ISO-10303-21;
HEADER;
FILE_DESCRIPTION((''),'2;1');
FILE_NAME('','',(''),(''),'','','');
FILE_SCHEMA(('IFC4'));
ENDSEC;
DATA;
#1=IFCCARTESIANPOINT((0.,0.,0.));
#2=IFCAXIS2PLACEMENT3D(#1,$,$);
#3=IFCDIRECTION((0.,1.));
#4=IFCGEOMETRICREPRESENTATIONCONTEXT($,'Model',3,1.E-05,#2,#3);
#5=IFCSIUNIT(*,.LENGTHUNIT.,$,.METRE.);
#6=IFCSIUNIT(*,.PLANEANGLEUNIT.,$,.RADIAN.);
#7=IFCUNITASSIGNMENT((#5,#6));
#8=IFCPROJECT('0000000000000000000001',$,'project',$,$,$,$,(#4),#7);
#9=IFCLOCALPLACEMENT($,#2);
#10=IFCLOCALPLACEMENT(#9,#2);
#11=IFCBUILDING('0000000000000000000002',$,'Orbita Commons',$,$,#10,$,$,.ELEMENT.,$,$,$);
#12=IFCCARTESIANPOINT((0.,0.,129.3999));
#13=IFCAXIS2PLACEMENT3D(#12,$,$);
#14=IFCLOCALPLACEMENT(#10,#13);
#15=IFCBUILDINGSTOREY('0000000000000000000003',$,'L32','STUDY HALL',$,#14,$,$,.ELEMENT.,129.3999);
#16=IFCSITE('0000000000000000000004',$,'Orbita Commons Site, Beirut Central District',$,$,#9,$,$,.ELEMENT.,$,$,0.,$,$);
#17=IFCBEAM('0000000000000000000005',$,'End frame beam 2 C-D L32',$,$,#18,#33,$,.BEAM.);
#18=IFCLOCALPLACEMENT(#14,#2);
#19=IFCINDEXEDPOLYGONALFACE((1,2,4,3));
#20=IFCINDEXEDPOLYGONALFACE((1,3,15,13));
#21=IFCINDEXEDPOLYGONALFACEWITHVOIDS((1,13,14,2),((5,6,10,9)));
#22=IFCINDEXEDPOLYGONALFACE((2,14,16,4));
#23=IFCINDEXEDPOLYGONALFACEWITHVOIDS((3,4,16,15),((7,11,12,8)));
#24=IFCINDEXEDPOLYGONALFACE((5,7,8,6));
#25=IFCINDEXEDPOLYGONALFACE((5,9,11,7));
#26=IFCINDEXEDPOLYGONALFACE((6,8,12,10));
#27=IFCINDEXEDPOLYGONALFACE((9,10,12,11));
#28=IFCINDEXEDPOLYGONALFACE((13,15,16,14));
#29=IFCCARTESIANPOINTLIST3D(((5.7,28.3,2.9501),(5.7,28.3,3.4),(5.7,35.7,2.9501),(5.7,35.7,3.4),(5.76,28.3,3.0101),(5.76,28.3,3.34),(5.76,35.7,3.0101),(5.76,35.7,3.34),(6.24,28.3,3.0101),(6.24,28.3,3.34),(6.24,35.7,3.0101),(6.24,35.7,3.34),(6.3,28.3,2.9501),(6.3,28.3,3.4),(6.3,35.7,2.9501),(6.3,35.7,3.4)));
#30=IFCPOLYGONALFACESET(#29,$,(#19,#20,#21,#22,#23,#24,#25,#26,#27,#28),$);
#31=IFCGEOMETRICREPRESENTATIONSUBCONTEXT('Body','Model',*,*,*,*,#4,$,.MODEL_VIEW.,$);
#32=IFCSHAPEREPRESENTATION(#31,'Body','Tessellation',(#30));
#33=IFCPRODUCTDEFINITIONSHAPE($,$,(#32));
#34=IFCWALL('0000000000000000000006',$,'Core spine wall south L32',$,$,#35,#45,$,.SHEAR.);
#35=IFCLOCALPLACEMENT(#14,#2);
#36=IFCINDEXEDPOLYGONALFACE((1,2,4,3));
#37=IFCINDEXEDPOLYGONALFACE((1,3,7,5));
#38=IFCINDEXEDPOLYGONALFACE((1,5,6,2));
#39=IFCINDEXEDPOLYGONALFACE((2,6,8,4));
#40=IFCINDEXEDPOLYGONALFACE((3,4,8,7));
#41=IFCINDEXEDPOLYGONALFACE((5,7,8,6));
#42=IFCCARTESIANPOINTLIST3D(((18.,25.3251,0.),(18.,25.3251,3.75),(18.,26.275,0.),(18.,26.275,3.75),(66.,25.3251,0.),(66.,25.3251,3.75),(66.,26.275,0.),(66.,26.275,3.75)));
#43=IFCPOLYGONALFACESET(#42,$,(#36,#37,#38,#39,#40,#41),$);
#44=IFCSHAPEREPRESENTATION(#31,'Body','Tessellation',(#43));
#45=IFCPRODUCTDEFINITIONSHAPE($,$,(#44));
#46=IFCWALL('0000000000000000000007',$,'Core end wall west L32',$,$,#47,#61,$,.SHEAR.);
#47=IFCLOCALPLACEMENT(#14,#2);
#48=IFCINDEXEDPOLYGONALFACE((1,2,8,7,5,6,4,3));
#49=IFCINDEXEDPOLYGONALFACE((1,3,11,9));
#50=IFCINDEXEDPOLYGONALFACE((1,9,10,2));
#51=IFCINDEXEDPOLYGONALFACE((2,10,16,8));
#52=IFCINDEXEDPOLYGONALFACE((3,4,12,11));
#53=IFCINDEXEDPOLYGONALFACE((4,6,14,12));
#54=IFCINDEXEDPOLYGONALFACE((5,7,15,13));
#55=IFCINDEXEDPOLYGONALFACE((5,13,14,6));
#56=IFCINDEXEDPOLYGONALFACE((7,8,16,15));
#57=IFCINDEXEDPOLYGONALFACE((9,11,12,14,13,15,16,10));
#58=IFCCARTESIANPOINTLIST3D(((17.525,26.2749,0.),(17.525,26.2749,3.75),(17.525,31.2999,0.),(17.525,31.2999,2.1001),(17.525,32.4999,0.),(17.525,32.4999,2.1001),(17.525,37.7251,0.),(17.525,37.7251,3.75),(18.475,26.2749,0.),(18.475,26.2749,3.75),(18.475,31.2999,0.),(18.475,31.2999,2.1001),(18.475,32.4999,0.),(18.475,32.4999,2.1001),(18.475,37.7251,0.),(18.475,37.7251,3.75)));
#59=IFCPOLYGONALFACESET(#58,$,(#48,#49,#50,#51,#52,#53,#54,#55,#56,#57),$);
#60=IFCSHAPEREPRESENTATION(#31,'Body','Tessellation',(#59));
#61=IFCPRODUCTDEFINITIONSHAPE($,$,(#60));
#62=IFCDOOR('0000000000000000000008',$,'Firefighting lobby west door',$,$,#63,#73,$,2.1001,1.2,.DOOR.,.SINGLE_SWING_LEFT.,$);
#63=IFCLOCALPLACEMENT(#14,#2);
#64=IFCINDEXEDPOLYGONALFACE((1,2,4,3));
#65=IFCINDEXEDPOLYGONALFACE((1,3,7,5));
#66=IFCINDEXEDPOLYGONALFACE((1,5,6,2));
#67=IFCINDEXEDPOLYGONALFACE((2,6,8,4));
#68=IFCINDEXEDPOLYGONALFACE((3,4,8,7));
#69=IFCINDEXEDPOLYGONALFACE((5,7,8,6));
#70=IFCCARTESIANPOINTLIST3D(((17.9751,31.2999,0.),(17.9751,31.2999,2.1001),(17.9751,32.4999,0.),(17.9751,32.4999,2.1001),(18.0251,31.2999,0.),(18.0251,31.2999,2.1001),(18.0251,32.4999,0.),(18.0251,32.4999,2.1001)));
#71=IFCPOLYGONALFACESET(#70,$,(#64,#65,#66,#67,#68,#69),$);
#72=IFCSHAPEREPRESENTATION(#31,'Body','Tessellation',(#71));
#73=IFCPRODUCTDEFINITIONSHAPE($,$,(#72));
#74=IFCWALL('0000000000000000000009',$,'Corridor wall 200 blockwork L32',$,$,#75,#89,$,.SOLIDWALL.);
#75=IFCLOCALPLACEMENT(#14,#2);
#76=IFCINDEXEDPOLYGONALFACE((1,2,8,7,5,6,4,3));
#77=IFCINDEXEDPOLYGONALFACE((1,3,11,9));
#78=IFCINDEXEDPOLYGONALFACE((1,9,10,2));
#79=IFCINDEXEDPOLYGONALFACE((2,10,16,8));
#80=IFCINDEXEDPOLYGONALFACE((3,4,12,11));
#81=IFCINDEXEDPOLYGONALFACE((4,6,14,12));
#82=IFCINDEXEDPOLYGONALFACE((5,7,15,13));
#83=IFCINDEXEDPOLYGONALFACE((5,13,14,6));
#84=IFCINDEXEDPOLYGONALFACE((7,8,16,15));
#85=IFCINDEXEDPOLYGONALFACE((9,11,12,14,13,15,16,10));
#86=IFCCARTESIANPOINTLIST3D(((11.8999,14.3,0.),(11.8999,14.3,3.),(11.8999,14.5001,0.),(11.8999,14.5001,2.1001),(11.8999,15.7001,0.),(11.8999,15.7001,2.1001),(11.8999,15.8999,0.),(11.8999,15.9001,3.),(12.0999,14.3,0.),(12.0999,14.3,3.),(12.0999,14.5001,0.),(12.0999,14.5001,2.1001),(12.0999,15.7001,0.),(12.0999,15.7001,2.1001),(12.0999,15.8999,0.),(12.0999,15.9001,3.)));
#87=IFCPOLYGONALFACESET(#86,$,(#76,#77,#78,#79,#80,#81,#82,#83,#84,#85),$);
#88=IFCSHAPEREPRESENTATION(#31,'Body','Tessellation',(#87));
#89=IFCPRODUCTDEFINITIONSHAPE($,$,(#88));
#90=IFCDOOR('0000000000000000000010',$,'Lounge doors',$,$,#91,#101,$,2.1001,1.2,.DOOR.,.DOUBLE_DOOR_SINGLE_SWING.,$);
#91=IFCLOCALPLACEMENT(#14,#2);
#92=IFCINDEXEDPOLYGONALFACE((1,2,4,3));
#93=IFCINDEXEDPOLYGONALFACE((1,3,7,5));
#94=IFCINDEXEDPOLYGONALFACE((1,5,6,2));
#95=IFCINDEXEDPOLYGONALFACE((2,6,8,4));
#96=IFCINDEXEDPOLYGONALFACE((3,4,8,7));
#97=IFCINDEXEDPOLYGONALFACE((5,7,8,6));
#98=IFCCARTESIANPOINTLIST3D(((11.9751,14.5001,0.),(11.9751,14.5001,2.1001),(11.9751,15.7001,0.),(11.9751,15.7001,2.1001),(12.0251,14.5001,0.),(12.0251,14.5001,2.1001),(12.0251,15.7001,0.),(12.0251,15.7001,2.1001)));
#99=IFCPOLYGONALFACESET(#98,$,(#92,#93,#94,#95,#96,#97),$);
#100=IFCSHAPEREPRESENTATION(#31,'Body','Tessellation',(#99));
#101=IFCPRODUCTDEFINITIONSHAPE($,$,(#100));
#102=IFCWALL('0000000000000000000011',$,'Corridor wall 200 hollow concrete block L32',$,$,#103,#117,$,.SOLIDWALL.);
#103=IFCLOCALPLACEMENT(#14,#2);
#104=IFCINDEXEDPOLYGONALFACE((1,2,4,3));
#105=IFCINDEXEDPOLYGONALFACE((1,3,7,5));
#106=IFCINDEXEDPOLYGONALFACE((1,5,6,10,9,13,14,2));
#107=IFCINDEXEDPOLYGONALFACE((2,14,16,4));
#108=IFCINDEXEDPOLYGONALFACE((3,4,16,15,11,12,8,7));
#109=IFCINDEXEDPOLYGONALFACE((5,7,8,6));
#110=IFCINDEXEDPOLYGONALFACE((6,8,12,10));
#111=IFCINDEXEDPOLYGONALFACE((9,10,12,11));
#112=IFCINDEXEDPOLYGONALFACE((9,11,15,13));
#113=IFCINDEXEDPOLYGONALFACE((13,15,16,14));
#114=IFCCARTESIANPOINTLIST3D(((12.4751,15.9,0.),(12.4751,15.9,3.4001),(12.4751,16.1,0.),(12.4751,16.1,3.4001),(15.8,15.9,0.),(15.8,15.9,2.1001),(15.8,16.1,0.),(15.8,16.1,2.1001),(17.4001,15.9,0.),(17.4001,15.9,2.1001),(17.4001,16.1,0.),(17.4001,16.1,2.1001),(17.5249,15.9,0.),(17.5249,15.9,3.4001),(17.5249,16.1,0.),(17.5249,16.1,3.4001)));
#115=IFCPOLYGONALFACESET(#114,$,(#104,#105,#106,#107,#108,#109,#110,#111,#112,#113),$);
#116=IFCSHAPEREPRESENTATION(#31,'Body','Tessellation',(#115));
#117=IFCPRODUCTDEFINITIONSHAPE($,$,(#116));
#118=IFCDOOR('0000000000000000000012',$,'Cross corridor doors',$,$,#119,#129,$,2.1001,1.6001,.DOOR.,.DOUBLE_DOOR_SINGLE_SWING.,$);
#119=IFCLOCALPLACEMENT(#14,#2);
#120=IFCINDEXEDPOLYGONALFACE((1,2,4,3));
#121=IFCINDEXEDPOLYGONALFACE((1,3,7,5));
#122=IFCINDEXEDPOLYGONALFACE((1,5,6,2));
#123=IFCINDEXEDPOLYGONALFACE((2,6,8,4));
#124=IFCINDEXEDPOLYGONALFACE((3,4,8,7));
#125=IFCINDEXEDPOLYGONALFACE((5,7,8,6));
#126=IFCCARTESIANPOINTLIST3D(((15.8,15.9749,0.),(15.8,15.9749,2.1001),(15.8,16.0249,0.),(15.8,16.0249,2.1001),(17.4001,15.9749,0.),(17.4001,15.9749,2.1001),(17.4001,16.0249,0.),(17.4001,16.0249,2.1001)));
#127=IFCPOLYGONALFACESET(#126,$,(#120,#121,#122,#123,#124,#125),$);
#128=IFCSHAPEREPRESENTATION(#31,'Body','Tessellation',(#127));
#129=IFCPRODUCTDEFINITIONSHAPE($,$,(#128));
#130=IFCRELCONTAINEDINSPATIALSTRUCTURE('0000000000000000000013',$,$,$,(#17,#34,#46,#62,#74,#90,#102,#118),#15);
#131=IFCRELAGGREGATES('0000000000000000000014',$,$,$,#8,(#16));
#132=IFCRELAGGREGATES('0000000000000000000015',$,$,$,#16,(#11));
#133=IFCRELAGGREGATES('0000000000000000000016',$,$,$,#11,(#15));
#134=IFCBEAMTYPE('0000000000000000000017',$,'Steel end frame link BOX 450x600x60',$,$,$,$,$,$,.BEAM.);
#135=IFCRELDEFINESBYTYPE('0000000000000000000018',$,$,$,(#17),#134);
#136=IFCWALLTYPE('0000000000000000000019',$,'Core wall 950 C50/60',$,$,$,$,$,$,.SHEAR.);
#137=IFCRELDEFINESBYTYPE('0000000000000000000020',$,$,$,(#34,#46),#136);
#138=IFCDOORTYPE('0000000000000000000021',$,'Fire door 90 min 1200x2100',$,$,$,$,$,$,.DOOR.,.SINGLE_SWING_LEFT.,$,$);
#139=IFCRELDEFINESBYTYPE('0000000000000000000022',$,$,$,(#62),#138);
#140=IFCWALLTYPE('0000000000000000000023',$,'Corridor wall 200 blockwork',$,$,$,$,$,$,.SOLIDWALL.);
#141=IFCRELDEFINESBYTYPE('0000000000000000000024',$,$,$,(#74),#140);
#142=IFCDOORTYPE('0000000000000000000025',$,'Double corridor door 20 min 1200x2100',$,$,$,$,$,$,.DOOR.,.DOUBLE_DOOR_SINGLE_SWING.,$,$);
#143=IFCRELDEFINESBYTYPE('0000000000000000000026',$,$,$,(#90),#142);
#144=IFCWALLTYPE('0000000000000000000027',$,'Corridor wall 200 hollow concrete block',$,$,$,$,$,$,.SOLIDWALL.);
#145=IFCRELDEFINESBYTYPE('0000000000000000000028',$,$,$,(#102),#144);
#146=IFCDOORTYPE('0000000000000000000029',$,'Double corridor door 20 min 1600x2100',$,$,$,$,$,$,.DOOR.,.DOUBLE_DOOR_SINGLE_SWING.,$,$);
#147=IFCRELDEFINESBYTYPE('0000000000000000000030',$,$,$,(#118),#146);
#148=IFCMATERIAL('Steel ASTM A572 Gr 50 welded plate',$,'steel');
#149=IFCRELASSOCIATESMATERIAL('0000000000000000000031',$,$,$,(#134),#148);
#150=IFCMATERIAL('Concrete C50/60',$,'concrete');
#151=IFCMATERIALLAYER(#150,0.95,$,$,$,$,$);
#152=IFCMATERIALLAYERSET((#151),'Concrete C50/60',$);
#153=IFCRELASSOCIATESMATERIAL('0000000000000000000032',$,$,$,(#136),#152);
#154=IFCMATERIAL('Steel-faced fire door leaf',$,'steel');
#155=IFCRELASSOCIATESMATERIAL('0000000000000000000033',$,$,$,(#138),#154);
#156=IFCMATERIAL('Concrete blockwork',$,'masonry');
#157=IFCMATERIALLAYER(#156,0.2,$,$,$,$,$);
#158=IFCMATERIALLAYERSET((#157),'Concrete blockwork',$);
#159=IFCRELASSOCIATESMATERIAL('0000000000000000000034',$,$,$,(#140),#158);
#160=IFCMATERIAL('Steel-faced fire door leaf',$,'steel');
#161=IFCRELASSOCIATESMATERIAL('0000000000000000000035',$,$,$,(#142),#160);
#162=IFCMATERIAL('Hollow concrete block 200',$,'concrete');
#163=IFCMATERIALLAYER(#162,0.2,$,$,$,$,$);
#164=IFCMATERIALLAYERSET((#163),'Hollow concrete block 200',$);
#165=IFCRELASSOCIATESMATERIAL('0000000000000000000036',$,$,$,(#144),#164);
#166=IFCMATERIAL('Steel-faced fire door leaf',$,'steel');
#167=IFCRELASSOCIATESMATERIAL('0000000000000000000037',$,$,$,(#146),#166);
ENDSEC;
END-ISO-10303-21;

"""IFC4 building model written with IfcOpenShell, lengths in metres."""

from ifc_helpers import new_model, si_unit, direction, frame, frame_2d, origin, origin_2d, place, context, subcontext, project, spatial, polyline, rectangle, hollow_rectangle, outline, extrude, material, layer, layer_set, material_profile, profile_set, type_object, element, fill, save


model = new_model("IFC4")

# Units and contexts
model_context = context("Model", 3, precision=1e-05, world=origin(), true_north=direction((0.0, 1.0)))
body_context = subcontext(model_context, "Body", "Model", "MODEL_VIEW")
ifc_project = project(units=[si_unit("LENGTHUNIT", "METRE"), si_unit("PLANEANGLEUNIT", "RADIAN")], contexts=[model_context])

# Site, building, storey
site_placement = place(None, origin())
site = spatial("IfcSite", under=ifc_project, at=site_placement, Name="Orbita Commons Site, Beirut Central District", CompositionType="ELEMENT", RefElevation=0.0)
building_placement = place(site_placement, origin())
building = spatial("IfcBuilding", under=site, at=building_placement, Name="Orbita Commons", CompositionType="ELEMENT")
storey_placement = place(building_placement, frame((0.0, 0.0, 129.3999)))
storey = spatial("IfcBuildingStorey", under=building, at=storey_placement, Name="L32", Description="STUDY HALL", CompositionType="ELEMENT", Elevation=129.3999)

# Beam
ifc_material_1 = material(Name="Steel ASTM A572 Gr 50 welded plate", Category="steel")
ifc_material_profile = material_profile(ifc_material_1, hollow_rectangle(XDim=0.6001, YDim=0.45, WallThickness=0.0601, at=origin_2d()), Name="BOX 450x600x60")
ifc_profile_set = profile_set([ifc_material_profile], Name="Steel ASTM A572 Gr 50 welded plate")
beam_type = type_object("IfcBeamType", Name="Steel end frame link BOX 450x600x60", PredefinedType="BEAM", material=ifc_profile_set)
beam_placement = place(storey_placement, frame((6.0, 28.3, 3.175), z_axis=(0.0, 1.0, 0.0), x_axis=(-1.0, 0.0, 0.0)))
element("IfcBeam", 1, at=beam_placement, inside=storey, type_object=beam_type, Name="End frame beam 2 C-D L32", PredefinedType="BEAM", context=body_context, shape_type="SweptSolid", body=[
    extrude(hollow_rectangle(XDim=0.6001, YDim=0.45, WallThickness=0.0601, at=origin_2d()), origin(), (0.0, 0.0, 1.0), 7.3999),
])

# Wall
ifc_material_2 = material(Name="Concrete C50/60", Category="concrete")
ifc_layer_1 = layer(ifc_material_2, 0.95)
ifc_layer_set_1 = layer_set([ifc_layer_1], Name="Concrete C50/60")
wall_type_1 = type_object("IfcWallType", Name="Core wall 950 C50/60", PredefinedType="SHEAR", material=ifc_layer_set_1)
wall_1_placement = place(storey_placement, frame((18.0, 25.8, 0.0), z_axis=(0.0, 0.0, 1.0), x_axis=(1.0, 0.0, 0.0)))
element("IfcWall", 2, at=wall_1_placement, inside=storey, type_object=wall_type_1, Name="Core spine wall south L32", PredefinedType="SHEAR", context=body_context, shape_type="SweptSolid", body=[
    extrude(rectangle(XDim=48.0, YDim=0.95, at=frame_2d((24.0, 0.0))), origin(), (0.0, 0.0, 1.0), 3.75),
])

# Walls, openings, doors
wall_2_placement = place(storey_placement, frame((18.0, 26.2749, 0.0), z_axis=(0.0, 0.0, 1.0), x_axis=(0.0, 1.0, 0.0)))
wall_2 = element("IfcWall", 3, at=wall_2_placement, inside=storey, type_object=wall_type_1, Name="Core end wall west L32", PredefinedType="SHEAR", context=body_context, shape_type="SweptSolid", body=[
    extrude(rectangle(XDim=11.4502, YDim=0.95, at=frame_2d((5.7251, 0.0))), origin(), (0.0, 0.0, 1.0), 3.75),
])
opening_1_placement = place(wall_2_placement, frame((5.0249, 0.0, 0.0)))
opening_1 = element("IfcOpeningElement", 4, at=opening_1_placement, cuts=wall_2, PredefinedType="OPENING", context=body_context, shape_type="SweptSolid", body=[
    extrude(rectangle(XDim=1.2, YDim=2.1001, at=frame_2d((0.6001, 1.05))), frame((0.0, 0.4849, 0.0), z_axis=(0.0, -1.0, 0.0), x_axis=(1.0, 0.0, 0.0)), (0.0, 0.0, 1.0), 0.97),
])
ifc_material_3 = material(Name="Steel-faced fire door leaf", Category="steel")
door_type_1 = type_object("IfcDoorType", Name="Fire door 90 min 1200x2100", OperationType="SINGLE_SWING_LEFT", PredefinedType="DOOR", material=ifc_material_3)
door_1_placement = place(opening_1_placement, origin())
door_1 = element("IfcDoor", 5, at=door_1_placement, inside=storey, type_object=door_type_1, Name="Firefighting lobby west door", OperationType="SINGLE_SWING_LEFT", OverallHeight=2.1001, OverallWidth=1.2, PredefinedType="DOOR", context=body_context, shape_type="SweptSolid", body=[
    extrude(rectangle(XDim=1.2, YDim=2.1001, at=frame_2d((0.6001, 1.05))), frame((0.0, 0.0249, 0.0), z_axis=(0.0, -1.0, 0.0), x_axis=(1.0, 0.0, 0.0)), (0.0, 0.0, 1.0), 0.05),
])
fill(opening_1, door_1)
ifc_material_4 = material(Name="Concrete blockwork", Category="masonry")
ifc_layer_2 = layer(ifc_material_4, 0.2)
ifc_layer_set_2 = layer_set([ifc_layer_2], Name="Concrete blockwork")
wall_type_2 = type_object("IfcWallType", Name="Corridor wall 200 blockwork", PredefinedType="SOLIDWALL", material=ifc_layer_set_2)
wall_3_placement = place(storey_placement, frame((12.0, 14.3, 0.0), z_axis=(0.0, 0.0, 1.0), x_axis=(0.0, 1.0, 0.0)))
wall_3 = element("IfcWall", 6, at=wall_3_placement, inside=storey, type_object=wall_type_2, Name="Corridor wall 200 blockwork L32", PredefinedType="SOLIDWALL", context=body_context, shape_type="SweptSolid", body=[
    extrude(outline(polyline([(0.0, 0.0), (1.5999, 0.0), (1.6001, 3.0), (0.0, 3.0), (0.0, 0.0)])), frame((0.0, 0.1001, 0.0), z_axis=(0.0, -1.0, 0.0), x_axis=(1.0, 0.0, 0.0)), (0.0, 0.0, 1.0), 0.2),
])
opening_2_placement = place(wall_3_placement, frame((0.2, 0.0, 0.0)))
opening_2 = element("IfcOpeningElement", 7, at=opening_2_placement, cuts=wall_3, PredefinedType="OPENING", context=body_context, shape_type="SweptSolid", body=[
    extrude(rectangle(XDim=1.2, YDim=2.1001, at=frame_2d((0.6001, 1.05))), frame((0.0, 0.1099, 0.0), z_axis=(0.0, -1.0, 0.0), x_axis=(1.0, 0.0, 0.0)), (0.0, 0.0, 1.0), 0.22),
])
ifc_material_5 = material(Name="Steel-faced fire door leaf", Category="steel")
door_type_2 = type_object("IfcDoorType", Name="Double corridor door 20 min 1200x2100", OperationType="DOUBLE_DOOR_SINGLE_SWING", PredefinedType="DOOR", material=ifc_material_5)
door_2_placement = place(opening_2_placement, origin())
door_2 = element("IfcDoor", 8, at=door_2_placement, inside=storey, type_object=door_type_2, Name="Lounge doors", OperationType="DOUBLE_DOOR_SINGLE_SWING", OverallHeight=2.1001, OverallWidth=1.2, PredefinedType="DOOR", context=body_context, shape_type="SweptSolid", body=[
    extrude(rectangle(XDim=1.2, YDim=2.1001, at=frame_2d((0.6001, 1.05))), frame((0.0, 0.0249, 0.0), z_axis=(0.0, -1.0, 0.0), x_axis=(1.0, 0.0, 0.0)), (0.0, 0.0, 1.0), 0.05),
])
fill(opening_2, door_2)
ifc_material_6 = material(Name="Hollow concrete block 200", Category="concrete")
ifc_layer_3 = layer(ifc_material_6, 0.2)
ifc_layer_set_3 = layer_set([ifc_layer_3], Name="Hollow concrete block 200")
wall_type_3 = type_object("IfcWallType", Name="Corridor wall 200 hollow concrete block", PredefinedType="SOLIDWALL", material=ifc_layer_set_3)
wall_4_placement = place(storey_placement, frame((12.4751, 16.0, 0.0), z_axis=(0.0, 0.0, 1.0), x_axis=(1.0, 0.0, 0.0)))
wall_4 = element("IfcWall", 9, at=wall_4_placement, inside=storey, type_object=wall_type_3, Name="Corridor wall 200 hollow concrete block L32", PredefinedType="SOLIDWALL", context=body_context, shape_type="SweptSolid", body=[
    extrude(rectangle(XDim=5.0498, YDim=0.2, at=frame_2d((2.5249, 0.0))), origin(), (0.0, 0.0, 1.0), 3.4001),
])
opening_3_placement = place(wall_4_placement, frame((3.325, 0.0, 0.0)))
opening_3 = element("IfcOpeningElement", 10, at=opening_3_placement, cuts=wall_4, PredefinedType="OPENING", context=body_context, shape_type="SweptSolid", body=[
    extrude(rectangle(XDim=1.6001, YDim=2.1001, at=frame_2d((0.8, 1.05))), frame((0.0, 0.1099, 0.0), z_axis=(0.0, -1.0, 0.0), x_axis=(1.0, 0.0, 0.0)), (0.0, 0.0, 1.0), 0.22),
])
ifc_material_7 = material(Name="Steel-faced fire door leaf", Category="steel")
door_type_3 = type_object("IfcDoorType", Name="Double corridor door 20 min 1600x2100", OperationType="DOUBLE_DOOR_SINGLE_SWING", PredefinedType="DOOR", material=ifc_material_7)
door_3_placement = place(opening_3_placement, origin())
door_3 = element("IfcDoor", 11, at=door_3_placement, inside=storey, type_object=door_type_3, Name="Cross corridor doors", OperationType="DOUBLE_DOOR_SINGLE_SWING", OverallHeight=2.1001, OverallWidth=1.6001, PredefinedType="DOOR", context=body_context, shape_type="SweptSolid", body=[
    extrude(rectangle(XDim=1.6001, YDim=2.1001, at=frame_2d((0.8, 1.05))), frame((0.0, 0.0249, 0.0), z_axis=(0.0, -1.0, 0.0), x_axis=(1.0, 0.0, 0.0)), (0.0, 0.0, 1.0), 0.05),
])
fill(opening_3, door_3)

save(model, "model.ifc")
